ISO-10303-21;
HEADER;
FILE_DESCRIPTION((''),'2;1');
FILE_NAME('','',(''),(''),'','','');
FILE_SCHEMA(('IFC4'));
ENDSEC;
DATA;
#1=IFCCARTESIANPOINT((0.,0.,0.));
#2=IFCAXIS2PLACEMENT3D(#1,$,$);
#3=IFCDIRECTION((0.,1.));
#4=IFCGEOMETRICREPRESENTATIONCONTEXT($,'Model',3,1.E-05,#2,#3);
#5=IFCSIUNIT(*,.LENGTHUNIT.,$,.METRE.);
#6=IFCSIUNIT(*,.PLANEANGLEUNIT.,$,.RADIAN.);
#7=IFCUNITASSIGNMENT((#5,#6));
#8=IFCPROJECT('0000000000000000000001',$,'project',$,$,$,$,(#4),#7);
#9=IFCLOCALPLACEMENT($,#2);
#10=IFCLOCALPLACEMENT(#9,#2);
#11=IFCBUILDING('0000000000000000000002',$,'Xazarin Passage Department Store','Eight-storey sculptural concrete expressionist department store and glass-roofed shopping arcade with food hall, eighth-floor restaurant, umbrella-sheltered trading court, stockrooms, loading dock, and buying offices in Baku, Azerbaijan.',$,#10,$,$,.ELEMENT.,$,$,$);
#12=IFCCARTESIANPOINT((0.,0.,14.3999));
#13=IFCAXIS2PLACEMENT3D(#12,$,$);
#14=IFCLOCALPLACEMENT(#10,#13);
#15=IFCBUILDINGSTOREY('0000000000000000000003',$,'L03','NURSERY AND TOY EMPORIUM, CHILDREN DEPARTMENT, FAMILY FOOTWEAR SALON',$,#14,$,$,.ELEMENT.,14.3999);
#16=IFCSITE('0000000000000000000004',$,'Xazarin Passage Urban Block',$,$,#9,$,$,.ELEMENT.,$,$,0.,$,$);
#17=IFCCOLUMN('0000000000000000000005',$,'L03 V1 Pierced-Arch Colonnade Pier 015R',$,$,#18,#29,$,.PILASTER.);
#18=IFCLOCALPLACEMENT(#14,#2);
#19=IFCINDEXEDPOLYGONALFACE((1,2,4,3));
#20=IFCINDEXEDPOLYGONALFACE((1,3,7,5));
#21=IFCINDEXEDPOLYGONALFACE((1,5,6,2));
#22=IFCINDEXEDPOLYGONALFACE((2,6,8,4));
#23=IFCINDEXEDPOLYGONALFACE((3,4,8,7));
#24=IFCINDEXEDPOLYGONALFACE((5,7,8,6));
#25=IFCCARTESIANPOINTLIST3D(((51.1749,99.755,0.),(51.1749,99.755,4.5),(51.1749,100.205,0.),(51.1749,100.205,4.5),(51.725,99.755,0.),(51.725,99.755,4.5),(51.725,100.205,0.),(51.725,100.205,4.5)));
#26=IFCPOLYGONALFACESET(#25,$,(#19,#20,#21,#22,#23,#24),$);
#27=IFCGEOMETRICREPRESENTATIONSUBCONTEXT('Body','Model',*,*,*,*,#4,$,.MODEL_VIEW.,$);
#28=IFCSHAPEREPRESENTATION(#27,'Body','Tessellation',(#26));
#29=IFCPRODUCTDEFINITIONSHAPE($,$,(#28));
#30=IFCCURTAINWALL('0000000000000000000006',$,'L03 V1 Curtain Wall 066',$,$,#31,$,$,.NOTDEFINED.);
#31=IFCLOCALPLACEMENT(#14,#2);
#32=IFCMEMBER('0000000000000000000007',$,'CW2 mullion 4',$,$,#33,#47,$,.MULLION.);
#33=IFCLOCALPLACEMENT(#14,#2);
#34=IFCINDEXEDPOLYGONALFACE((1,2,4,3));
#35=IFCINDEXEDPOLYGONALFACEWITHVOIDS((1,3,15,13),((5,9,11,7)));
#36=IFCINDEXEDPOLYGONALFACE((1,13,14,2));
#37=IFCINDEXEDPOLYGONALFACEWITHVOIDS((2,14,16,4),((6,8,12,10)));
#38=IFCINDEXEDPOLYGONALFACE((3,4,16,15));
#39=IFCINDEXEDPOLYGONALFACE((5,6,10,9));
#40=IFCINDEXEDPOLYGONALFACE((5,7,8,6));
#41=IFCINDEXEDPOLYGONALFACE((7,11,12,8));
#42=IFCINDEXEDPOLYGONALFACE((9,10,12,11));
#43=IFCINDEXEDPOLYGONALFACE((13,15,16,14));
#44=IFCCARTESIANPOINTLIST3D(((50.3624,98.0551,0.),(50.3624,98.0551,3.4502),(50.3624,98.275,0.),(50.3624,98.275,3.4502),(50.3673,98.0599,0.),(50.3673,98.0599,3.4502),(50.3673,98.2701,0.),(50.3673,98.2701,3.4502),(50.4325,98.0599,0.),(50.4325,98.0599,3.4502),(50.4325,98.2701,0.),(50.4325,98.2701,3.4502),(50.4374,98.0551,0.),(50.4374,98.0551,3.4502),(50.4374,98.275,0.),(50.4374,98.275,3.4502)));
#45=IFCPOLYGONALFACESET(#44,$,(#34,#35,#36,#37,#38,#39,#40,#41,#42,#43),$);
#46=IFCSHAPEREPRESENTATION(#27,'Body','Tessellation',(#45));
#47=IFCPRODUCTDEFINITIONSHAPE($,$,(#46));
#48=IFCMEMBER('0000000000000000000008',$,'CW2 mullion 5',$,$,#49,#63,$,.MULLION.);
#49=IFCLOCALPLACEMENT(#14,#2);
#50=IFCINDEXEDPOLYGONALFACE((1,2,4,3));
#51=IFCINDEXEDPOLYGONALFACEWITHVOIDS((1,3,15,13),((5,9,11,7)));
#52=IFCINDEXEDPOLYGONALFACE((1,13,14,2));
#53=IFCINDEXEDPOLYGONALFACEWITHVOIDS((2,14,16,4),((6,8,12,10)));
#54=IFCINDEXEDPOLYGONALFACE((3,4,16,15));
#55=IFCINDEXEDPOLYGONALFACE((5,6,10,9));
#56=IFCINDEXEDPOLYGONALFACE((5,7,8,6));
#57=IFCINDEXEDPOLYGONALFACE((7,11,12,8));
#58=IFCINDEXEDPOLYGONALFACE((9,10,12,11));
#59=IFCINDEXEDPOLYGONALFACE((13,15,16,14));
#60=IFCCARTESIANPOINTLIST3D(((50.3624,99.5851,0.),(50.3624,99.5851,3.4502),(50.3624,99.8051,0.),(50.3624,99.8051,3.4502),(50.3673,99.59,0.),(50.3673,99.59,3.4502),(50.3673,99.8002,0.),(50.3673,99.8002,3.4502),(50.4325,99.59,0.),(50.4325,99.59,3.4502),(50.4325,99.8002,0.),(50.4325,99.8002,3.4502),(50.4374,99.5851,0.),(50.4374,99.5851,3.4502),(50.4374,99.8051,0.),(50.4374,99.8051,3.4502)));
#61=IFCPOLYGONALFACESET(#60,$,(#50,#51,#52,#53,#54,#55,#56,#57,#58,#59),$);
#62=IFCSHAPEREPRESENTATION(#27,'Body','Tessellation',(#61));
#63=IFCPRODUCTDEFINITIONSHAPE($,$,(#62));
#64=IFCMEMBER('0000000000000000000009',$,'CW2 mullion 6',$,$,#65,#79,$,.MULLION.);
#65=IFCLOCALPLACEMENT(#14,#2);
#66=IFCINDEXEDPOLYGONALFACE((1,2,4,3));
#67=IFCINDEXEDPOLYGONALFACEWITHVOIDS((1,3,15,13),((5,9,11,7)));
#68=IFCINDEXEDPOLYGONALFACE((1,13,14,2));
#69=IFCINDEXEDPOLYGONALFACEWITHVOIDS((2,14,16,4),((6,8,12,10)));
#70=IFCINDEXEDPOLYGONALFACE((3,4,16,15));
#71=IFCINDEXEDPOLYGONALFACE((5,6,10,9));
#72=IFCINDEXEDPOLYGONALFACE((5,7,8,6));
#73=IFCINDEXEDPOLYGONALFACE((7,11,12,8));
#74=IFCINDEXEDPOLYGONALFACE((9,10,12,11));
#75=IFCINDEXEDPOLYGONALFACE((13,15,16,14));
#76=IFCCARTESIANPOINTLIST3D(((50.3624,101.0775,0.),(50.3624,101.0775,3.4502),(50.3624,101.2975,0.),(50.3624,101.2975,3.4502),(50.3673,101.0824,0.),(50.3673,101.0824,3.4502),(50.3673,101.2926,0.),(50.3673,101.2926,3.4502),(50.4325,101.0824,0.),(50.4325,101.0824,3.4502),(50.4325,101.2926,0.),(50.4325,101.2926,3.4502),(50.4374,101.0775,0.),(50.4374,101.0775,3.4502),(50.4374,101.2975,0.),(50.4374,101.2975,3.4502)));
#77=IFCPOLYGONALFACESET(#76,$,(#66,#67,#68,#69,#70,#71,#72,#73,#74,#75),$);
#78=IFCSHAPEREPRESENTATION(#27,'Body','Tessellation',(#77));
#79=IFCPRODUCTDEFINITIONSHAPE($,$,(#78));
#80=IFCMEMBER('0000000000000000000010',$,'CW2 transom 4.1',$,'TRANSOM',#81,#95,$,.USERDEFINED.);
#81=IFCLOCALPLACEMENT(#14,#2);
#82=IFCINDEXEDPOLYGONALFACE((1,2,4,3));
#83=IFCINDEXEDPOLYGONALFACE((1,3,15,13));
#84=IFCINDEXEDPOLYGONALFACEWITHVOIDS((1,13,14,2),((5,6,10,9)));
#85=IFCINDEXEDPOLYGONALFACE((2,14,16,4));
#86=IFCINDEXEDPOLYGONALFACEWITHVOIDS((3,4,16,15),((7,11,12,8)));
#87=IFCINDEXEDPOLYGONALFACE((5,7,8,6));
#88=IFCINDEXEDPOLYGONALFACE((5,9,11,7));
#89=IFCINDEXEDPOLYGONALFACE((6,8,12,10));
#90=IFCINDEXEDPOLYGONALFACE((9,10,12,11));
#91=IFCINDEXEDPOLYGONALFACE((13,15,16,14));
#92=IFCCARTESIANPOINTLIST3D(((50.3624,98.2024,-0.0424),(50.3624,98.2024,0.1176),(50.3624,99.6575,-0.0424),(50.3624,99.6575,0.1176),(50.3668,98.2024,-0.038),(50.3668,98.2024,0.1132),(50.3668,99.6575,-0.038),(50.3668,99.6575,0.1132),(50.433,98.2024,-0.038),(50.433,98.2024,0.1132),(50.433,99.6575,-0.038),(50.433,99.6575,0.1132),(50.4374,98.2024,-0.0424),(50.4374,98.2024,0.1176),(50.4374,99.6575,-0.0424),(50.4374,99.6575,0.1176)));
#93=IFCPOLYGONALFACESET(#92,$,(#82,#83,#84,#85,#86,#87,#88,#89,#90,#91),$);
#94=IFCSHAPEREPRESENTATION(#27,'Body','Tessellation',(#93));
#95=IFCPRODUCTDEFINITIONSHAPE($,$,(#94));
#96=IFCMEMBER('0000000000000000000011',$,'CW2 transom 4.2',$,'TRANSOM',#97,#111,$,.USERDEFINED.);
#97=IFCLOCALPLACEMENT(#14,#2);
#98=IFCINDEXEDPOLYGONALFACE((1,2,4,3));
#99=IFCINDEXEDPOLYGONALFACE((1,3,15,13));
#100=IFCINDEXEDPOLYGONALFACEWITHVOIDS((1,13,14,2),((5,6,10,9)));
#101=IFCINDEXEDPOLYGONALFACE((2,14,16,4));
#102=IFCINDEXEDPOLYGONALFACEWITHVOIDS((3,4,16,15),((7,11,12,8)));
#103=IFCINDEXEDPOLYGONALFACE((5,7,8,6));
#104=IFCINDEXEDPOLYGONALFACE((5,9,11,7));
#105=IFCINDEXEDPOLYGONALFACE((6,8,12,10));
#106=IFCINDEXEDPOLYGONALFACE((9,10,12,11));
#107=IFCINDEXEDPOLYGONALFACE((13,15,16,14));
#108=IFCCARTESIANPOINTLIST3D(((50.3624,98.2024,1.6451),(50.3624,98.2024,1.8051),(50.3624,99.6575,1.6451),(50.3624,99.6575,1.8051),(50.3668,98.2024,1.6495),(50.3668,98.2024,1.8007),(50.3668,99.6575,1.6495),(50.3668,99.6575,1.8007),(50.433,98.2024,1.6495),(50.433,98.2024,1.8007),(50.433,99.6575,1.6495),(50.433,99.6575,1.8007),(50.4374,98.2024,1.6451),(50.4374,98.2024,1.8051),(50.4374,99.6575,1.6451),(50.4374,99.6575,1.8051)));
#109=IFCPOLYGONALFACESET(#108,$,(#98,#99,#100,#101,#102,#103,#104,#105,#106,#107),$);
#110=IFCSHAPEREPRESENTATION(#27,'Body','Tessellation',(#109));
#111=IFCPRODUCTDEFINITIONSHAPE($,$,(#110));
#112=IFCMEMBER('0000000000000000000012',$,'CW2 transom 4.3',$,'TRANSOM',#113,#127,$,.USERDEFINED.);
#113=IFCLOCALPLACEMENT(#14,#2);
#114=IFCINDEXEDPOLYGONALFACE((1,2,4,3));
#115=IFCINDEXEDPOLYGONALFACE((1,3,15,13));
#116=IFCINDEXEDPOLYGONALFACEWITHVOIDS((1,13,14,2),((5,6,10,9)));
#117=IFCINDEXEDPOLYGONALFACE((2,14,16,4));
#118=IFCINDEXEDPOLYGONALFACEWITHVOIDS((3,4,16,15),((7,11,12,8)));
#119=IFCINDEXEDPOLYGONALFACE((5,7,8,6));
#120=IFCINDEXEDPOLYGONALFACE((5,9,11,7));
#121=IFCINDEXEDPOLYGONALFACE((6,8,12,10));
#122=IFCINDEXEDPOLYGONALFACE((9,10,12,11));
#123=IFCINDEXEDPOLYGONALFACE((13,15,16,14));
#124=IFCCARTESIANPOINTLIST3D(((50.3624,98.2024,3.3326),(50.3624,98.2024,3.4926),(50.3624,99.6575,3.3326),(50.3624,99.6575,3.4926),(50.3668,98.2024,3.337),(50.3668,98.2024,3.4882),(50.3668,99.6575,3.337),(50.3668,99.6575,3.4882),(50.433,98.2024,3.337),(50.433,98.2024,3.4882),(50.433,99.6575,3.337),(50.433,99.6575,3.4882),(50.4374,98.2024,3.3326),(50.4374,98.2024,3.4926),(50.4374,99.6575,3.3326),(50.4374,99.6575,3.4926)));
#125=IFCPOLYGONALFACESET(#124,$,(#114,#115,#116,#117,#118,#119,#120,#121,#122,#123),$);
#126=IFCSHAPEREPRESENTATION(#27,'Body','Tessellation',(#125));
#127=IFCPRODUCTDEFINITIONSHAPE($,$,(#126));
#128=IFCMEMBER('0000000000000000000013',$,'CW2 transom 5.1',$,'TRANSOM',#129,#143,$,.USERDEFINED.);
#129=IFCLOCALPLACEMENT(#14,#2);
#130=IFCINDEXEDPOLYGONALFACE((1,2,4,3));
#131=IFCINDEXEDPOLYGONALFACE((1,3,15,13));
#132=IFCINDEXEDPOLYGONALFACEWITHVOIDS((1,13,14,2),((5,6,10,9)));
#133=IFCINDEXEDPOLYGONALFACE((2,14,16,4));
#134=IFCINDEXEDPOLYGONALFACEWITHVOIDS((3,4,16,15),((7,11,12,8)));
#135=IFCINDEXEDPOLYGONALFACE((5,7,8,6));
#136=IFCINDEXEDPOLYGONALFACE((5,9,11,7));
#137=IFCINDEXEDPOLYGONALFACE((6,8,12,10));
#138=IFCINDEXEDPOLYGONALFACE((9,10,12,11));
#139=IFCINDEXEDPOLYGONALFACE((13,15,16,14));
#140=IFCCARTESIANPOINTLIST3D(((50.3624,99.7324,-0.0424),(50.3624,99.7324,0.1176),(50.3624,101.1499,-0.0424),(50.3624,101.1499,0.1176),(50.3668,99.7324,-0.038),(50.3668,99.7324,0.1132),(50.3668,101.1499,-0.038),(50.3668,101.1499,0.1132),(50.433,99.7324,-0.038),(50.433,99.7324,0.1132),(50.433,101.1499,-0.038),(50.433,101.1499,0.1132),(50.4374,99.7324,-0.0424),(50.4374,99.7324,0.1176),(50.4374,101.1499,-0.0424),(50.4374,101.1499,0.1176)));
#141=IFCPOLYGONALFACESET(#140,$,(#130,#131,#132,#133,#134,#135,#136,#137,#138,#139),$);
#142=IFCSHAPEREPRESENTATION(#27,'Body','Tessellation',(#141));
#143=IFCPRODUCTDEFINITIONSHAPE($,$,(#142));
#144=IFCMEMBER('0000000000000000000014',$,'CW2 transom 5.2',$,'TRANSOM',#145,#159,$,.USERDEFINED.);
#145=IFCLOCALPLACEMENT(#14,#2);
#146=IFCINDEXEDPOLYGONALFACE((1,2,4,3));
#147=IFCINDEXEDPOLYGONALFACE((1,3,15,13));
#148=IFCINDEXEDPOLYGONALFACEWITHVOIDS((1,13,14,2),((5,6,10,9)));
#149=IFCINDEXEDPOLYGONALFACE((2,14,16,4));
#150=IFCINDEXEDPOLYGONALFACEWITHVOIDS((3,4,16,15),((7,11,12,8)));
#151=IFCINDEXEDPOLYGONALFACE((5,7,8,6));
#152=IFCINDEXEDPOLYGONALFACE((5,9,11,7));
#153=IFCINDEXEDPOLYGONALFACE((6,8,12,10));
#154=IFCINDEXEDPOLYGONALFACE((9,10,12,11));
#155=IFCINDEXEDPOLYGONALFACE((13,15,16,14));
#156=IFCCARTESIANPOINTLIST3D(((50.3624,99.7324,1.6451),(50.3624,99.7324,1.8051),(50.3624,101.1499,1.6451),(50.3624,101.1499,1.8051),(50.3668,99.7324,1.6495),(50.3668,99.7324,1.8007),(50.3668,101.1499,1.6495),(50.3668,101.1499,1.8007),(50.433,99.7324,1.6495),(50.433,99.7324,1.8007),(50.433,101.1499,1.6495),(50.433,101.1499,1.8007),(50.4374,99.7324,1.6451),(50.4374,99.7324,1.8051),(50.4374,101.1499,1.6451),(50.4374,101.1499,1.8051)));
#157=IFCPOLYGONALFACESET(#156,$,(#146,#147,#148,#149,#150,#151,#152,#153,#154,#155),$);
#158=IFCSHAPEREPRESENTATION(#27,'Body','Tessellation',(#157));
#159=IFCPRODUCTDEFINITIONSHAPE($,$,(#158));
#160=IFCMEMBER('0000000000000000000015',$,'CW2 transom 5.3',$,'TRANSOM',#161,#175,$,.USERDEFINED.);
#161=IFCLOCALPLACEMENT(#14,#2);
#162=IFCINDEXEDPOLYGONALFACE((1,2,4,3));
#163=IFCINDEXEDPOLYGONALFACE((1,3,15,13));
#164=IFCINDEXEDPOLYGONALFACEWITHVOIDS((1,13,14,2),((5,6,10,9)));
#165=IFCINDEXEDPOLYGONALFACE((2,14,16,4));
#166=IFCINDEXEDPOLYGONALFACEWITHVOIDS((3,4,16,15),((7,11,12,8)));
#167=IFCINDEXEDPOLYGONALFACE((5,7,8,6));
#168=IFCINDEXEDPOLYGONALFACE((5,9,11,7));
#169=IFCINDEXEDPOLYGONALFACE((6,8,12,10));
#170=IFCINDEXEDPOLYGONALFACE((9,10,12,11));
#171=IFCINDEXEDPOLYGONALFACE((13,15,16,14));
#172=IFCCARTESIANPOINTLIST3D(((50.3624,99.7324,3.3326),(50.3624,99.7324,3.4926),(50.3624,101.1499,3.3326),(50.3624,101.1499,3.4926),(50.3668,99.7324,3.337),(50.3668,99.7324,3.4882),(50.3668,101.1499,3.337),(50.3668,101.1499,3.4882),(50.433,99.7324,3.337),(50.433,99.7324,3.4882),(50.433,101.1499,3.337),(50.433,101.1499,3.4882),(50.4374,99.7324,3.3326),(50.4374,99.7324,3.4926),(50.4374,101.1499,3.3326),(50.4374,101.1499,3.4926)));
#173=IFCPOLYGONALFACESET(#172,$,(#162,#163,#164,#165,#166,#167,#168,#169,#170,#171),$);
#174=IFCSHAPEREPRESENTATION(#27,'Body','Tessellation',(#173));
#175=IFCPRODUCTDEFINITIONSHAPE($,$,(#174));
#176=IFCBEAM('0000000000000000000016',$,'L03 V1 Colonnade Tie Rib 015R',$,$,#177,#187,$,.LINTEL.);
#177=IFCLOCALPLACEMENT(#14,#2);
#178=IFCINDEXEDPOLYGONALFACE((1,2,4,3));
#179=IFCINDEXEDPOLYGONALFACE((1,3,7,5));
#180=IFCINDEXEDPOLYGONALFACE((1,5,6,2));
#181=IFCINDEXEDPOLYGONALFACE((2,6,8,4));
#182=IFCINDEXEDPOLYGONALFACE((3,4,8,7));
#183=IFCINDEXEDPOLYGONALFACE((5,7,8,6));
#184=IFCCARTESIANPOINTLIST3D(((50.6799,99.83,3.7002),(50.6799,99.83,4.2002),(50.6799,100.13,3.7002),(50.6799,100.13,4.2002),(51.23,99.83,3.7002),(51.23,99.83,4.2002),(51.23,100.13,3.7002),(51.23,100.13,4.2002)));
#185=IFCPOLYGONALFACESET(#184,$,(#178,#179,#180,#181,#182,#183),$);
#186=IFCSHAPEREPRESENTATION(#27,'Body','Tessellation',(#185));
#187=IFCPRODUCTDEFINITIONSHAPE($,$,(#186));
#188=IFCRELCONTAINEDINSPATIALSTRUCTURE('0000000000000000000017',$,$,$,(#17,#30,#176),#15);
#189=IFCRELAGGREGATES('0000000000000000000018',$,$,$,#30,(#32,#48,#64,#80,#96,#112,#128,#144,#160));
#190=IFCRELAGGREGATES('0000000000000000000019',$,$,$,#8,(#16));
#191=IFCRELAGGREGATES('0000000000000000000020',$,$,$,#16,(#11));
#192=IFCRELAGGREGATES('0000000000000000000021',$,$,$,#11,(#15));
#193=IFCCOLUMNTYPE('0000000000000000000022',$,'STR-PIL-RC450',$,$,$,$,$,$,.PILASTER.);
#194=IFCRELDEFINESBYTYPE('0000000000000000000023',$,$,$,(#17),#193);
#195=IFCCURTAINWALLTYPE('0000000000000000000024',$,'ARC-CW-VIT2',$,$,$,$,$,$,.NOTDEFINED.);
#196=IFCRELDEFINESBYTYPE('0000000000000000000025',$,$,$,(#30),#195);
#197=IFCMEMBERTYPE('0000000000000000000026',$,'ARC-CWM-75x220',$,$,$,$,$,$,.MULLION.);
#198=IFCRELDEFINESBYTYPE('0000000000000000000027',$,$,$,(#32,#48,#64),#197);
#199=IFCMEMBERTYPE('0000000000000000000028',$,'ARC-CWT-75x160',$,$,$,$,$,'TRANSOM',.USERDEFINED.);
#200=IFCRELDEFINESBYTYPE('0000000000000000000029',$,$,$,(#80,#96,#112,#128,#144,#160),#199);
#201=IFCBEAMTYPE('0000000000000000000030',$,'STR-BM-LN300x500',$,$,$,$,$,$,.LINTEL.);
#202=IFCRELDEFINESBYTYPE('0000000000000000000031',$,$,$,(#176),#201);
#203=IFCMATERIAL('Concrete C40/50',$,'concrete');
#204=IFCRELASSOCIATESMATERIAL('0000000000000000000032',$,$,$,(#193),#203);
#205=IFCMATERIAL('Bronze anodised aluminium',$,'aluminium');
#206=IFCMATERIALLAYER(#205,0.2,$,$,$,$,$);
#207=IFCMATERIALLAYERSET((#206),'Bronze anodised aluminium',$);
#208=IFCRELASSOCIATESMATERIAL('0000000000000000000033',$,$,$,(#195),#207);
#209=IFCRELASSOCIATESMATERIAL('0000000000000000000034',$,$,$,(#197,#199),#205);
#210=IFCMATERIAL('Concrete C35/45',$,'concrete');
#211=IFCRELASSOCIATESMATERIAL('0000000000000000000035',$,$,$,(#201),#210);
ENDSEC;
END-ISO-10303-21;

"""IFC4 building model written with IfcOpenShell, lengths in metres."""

from ifc_helpers import new_model, si_unit, direction, frame, origin, origin_2d, place, context, subcontext, project, spatial, rectangle, hollow_rectangle, extrude, material, layer, layer_set, material_profile, profile_set, type_object, element, aggregate, save


model = new_model("IFC4")

# Units and contexts
model_context = context("Model", 3, precision=1e-05, world=origin(), true_north=direction((0.0, 1.0)))
body_context = subcontext(model_context, "Body", "Model", "MODEL_VIEW")
ifc_project = project(units=[si_unit("LENGTHUNIT", "METRE"), si_unit("PLANEANGLEUNIT", "RADIAN")], contexts=[model_context])

# Site, building, storey
site_placement = place(None, origin())
site = spatial("IfcSite", under=ifc_project, at=site_placement, Name="Xazarin Passage Urban Block", CompositionType="ELEMENT", RefElevation=0.0)
building_placement = place(site_placement, origin())
building = spatial("IfcBuilding", under=site, at=building_placement, Name="Xazarin Passage Department Store", Description="Eight-storey sculptural concrete expressionist department store and glass-roofed shopping arcade with food hall, eighth-floor restaurant, umbrella-sheltered trading court, stockrooms, loading dock, and buying offices in Baku, Azerbaijan.", CompositionType="ELEMENT")
storey_placement = place(building_placement, frame((0.0, 0.0, 14.3999)))
storey = spatial("IfcBuildingStorey", under=building, at=storey_placement, Name="L03", Description="NURSERY AND TOY EMPORIUM, CHILDREN DEPARTMENT, FAMILY FOOTWEAR SALON", CompositionType="ELEMENT", Elevation=14.3999)

# Column
ifc_material_1 = material(Name="Concrete C40/50", Category="concrete")
ifc_material_profile_1 = material_profile(ifc_material_1, rectangle(XDim=0.45, YDim=0.55, at=origin_2d()), Name="RC 450x550")
ifc_profile_set_1 = profile_set([ifc_material_profile_1], Name="Concrete C40/50")
column_type = type_object("IfcColumnType", Name="STR-PIL-RC450", PredefinedType="PILASTER", material=ifc_profile_set_1)
column_placement = place(storey_placement, frame((51.45, 99.98, 0.0), z_axis=(0.0, 0.0, 1.0), x_axis=(0.0, 1.0, 0.0)))
element("IfcColumn", 1, at=column_placement, inside=storey, type_object=column_type, Name="L03 V1 Pierced-Arch Colonnade Pier 015R", PredefinedType="PILASTER", context=body_context, shape_type="SweptSolid", body=[
    extrude(rectangle(XDim=0.45, YDim=0.55, at=origin_2d()), origin(), (0.0, 0.0, 1.0), 4.5),
])

# Curtain wall, members
ifc_material_2 = material(Name="Bronze anodised aluminium", Category="aluminium")
ifc_layer_1 = layer(ifc_material_2, 0.2)
ifc_layer_set_1 = layer_set([ifc_layer_1], Name="Bronze anodised aluminium")
curtain_wall_type = type_object("IfcCurtainWallType", Name="ARC-CW-VIT2", PredefinedType="NOTDEFINED", material=ifc_layer_set_1)
curtain_wall_placement = place(storey_placement, origin())
curtain_wall = element("IfcCurtainWall", 2, at=curtain_wall_placement, inside=storey, type_object=curtain_wall_type, Name="L03 V1 Curtain Wall 066", PredefinedType="NOTDEFINED")
ifc_material_profile_2 = material_profile(ifc_material_2, hollow_rectangle(XDim=0.075, YDim=0.22, WallThickness=0.0049, at=origin_2d()), Name="ALU 75x220")
ifc_profile_set_2 = profile_set([ifc_material_profile_2], Name="Bronze anodised aluminium")
member_type_1 = type_object("IfcMemberType", Name="ARC-CWM-75x220", PredefinedType="MULLION", material=ifc_profile_set_2)
member_1_placement = place(storey_placement, frame((50.3999, 98.165, 0.0), z_axis=(0.0, 0.0, 1.0), x_axis=(-1.0, 0.0, 0.0)))
member_1 = element("IfcMember", 3, at=member_1_placement, type_object=member_type_1, Name="CW2 mullion 4", PredefinedType="MULLION", context=body_context, shape_type="SweptSolid", body=[
    extrude(hollow_rectangle(XDim=0.075, YDim=0.22, WallThickness=0.0049, at=origin_2d()), origin(), (0.0, 0.0, 1.0), 3.4502),
])
member_2_placement = place(storey_placement, frame((50.3999, 99.6951, 0.0), z_axis=(0.0, 0.0, 1.0), x_axis=(-1.0, 0.0, 0.0)))
member_2 = element("IfcMember", 4, at=member_2_placement, type_object=member_type_1, Name="CW2 mullion 5", PredefinedType="MULLION", context=body_context, shape_type="SweptSolid", body=[
    extrude(hollow_rectangle(XDim=0.075, YDim=0.22, WallThickness=0.0049, at=origin_2d()), origin(), (0.0, 0.0, 1.0), 3.4502),
])
member_3_placement = place(storey_placement, frame((50.3999, 101.1875, 0.0), z_axis=(0.0, 0.0, 1.0), x_axis=(-1.0, 0.0, 0.0)))
member_3 = element("IfcMember", 5, at=member_3_placement, type_object=member_type_1, Name="CW2 mullion 6", PredefinedType="MULLION", context=body_context, shape_type="SweptSolid", body=[
    extrude(hollow_rectangle(XDim=0.075, YDim=0.22, WallThickness=0.0049, at=origin_2d()), origin(), (0.0, 0.0, 1.0), 3.4502),
])
ifc_material_profile_3 = material_profile(ifc_material_2, hollow_rectangle(XDim=0.075, YDim=0.1599, WallThickness=0.0044, at=origin_2d()), Name="ALU 75x160")
ifc_profile_set_3 = profile_set([ifc_material_profile_3], Name="Bronze anodised aluminium")
member_type_2 = type_object("IfcMemberType", Name="ARC-CWT-75x160", ElementType="TRANSOM", PredefinedType="USERDEFINED", material=ifc_profile_set_3)
member_4_placement = place(storey_placement, frame((50.3999, 98.2024, 0.0376), z_axis=(0.0, 1.0, 0.0), x_axis=(-1.0, 0.0, 0.0)))
member_4 = element("IfcMember", 6, at=member_4_placement, type_object=member_type_2, Name="CW2 transom 4.1", ObjectType="TRANSOM", PredefinedType="USERDEFINED", context=body_context, shape_type="SweptSolid", body=[
    extrude(hollow_rectangle(XDim=0.075, YDim=0.1599, WallThickness=0.0044, at=origin_2d()), origin(), (0.0, 0.0, 1.0), 1.4551),
])
member_5_placement = place(storey_placement, frame((50.3999, 98.2024, 1.7251), z_axis=(0.0, 1.0, 0.0), x_axis=(-1.0, 0.0, 0.0)))
member_5 = element("IfcMember", 7, at=member_5_placement, type_object=member_type_2, Name="CW2 transom 4.2", ObjectType="TRANSOM", PredefinedType="USERDEFINED", context=body_context, shape_type="SweptSolid", body=[
    extrude(hollow_rectangle(XDim=0.075, YDim=0.1599, WallThickness=0.0044, at=origin_2d()), origin(), (0.0, 0.0, 1.0), 1.4551),
])
member_6_placement = place(storey_placement, frame((50.3999, 98.2024, 3.4126), z_axis=(0.0, 1.0, 0.0), x_axis=(-1.0, 0.0, 0.0)))
member_6 = element("IfcMember", 8, at=member_6_placement, type_object=member_type_2, Name="CW2 transom 4.3", ObjectType="TRANSOM", PredefinedType="USERDEFINED", context=body_context, shape_type="SweptSolid", body=[
    extrude(hollow_rectangle(XDim=0.075, YDim=0.1599, WallThickness=0.0044, at=origin_2d()), origin(), (0.0, 0.0, 1.0), 1.4551),
])
member_7_placement = place(storey_placement, frame((50.3999, 99.7324, 0.0376), z_axis=(0.0, 1.0, 0.0), x_axis=(-1.0, 0.0, 0.0)))
member_7 = element("IfcMember", 9, at=member_7_placement, type_object=member_type_2, Name="CW2 transom 5.1", ObjectType="TRANSOM", PredefinedType="USERDEFINED", context=body_context, shape_type="SweptSolid", body=[
    extrude(hollow_rectangle(XDim=0.075, YDim=0.1599, WallThickness=0.0044, at=origin_2d()), origin(), (0.0, 0.0, 1.0), 1.4175),
])
member_8_placement = place(storey_placement, frame((50.3999, 99.7324, 1.7251), z_axis=(0.0, 1.0, 0.0), x_axis=(-1.0, 0.0, 0.0)))
member_8 = element("IfcMember", 10, at=member_8_placement, type_object=member_type_2, Name="CW2 transom 5.2", ObjectType="TRANSOM", PredefinedType="USERDEFINED", context=body_context, shape_type="SweptSolid", body=[
    extrude(hollow_rectangle(XDim=0.075, YDim=0.1599, WallThickness=0.0044, at=origin_2d()), origin(), (0.0, 0.0, 1.0), 1.4175),
])
member_9_placement = place(storey_placement, frame((50.3999, 99.7324, 3.4126), z_axis=(0.0, 1.0, 0.0), x_axis=(-1.0, 0.0, 0.0)))
member_9 = element("IfcMember", 11, at=member_9_placement, type_object=member_type_2, Name="CW2 transom 5.3", ObjectType="TRANSOM", PredefinedType="USERDEFINED", context=body_context, shape_type="SweptSolid", body=[
    extrude(hollow_rectangle(XDim=0.075, YDim=0.1599, WallThickness=0.0044, at=origin_2d()), origin(), (0.0, 0.0, 1.0), 1.4175),
])

# Beam
ifc_material_3 = material(Name="Concrete C35/45", Category="concrete")
ifc_material_profile_4 = material_profile(ifc_material_3, rectangle(XDim=0.3, YDim=0.5, at=origin_2d()), Name="RC 300x500")
ifc_profile_set_4 = profile_set([ifc_material_profile_4], Name="Concrete C35/45")
beam_type = type_object("IfcBeamType", Name="STR-BM-LN300x500", PredefinedType="LINTEL", material=ifc_profile_set_4)
beam_placement = place(storey_placement, frame((50.6799, 99.98, 3.9502), z_axis=(1.0, 0.0, 0.0), x_axis=(0.0, 1.0, 0.0)))
element("IfcBeam", 12, at=beam_placement, inside=storey, type_object=beam_type, Name="L03 V1 Colonnade Tie Rib 015R", PredefinedType="LINTEL", context=body_context, shape_type="SweptSolid", body=[
    extrude(rectangle(XDim=0.3, YDim=0.5, at=origin_2d()), origin(), (0.0, 0.0, 1.0), 0.55),
])

aggregate(curtain_wall, [member_1, member_2, member_3, member_4, member_5, member_6, member_7, member_8, member_9])

save(model, "model.ifc")
